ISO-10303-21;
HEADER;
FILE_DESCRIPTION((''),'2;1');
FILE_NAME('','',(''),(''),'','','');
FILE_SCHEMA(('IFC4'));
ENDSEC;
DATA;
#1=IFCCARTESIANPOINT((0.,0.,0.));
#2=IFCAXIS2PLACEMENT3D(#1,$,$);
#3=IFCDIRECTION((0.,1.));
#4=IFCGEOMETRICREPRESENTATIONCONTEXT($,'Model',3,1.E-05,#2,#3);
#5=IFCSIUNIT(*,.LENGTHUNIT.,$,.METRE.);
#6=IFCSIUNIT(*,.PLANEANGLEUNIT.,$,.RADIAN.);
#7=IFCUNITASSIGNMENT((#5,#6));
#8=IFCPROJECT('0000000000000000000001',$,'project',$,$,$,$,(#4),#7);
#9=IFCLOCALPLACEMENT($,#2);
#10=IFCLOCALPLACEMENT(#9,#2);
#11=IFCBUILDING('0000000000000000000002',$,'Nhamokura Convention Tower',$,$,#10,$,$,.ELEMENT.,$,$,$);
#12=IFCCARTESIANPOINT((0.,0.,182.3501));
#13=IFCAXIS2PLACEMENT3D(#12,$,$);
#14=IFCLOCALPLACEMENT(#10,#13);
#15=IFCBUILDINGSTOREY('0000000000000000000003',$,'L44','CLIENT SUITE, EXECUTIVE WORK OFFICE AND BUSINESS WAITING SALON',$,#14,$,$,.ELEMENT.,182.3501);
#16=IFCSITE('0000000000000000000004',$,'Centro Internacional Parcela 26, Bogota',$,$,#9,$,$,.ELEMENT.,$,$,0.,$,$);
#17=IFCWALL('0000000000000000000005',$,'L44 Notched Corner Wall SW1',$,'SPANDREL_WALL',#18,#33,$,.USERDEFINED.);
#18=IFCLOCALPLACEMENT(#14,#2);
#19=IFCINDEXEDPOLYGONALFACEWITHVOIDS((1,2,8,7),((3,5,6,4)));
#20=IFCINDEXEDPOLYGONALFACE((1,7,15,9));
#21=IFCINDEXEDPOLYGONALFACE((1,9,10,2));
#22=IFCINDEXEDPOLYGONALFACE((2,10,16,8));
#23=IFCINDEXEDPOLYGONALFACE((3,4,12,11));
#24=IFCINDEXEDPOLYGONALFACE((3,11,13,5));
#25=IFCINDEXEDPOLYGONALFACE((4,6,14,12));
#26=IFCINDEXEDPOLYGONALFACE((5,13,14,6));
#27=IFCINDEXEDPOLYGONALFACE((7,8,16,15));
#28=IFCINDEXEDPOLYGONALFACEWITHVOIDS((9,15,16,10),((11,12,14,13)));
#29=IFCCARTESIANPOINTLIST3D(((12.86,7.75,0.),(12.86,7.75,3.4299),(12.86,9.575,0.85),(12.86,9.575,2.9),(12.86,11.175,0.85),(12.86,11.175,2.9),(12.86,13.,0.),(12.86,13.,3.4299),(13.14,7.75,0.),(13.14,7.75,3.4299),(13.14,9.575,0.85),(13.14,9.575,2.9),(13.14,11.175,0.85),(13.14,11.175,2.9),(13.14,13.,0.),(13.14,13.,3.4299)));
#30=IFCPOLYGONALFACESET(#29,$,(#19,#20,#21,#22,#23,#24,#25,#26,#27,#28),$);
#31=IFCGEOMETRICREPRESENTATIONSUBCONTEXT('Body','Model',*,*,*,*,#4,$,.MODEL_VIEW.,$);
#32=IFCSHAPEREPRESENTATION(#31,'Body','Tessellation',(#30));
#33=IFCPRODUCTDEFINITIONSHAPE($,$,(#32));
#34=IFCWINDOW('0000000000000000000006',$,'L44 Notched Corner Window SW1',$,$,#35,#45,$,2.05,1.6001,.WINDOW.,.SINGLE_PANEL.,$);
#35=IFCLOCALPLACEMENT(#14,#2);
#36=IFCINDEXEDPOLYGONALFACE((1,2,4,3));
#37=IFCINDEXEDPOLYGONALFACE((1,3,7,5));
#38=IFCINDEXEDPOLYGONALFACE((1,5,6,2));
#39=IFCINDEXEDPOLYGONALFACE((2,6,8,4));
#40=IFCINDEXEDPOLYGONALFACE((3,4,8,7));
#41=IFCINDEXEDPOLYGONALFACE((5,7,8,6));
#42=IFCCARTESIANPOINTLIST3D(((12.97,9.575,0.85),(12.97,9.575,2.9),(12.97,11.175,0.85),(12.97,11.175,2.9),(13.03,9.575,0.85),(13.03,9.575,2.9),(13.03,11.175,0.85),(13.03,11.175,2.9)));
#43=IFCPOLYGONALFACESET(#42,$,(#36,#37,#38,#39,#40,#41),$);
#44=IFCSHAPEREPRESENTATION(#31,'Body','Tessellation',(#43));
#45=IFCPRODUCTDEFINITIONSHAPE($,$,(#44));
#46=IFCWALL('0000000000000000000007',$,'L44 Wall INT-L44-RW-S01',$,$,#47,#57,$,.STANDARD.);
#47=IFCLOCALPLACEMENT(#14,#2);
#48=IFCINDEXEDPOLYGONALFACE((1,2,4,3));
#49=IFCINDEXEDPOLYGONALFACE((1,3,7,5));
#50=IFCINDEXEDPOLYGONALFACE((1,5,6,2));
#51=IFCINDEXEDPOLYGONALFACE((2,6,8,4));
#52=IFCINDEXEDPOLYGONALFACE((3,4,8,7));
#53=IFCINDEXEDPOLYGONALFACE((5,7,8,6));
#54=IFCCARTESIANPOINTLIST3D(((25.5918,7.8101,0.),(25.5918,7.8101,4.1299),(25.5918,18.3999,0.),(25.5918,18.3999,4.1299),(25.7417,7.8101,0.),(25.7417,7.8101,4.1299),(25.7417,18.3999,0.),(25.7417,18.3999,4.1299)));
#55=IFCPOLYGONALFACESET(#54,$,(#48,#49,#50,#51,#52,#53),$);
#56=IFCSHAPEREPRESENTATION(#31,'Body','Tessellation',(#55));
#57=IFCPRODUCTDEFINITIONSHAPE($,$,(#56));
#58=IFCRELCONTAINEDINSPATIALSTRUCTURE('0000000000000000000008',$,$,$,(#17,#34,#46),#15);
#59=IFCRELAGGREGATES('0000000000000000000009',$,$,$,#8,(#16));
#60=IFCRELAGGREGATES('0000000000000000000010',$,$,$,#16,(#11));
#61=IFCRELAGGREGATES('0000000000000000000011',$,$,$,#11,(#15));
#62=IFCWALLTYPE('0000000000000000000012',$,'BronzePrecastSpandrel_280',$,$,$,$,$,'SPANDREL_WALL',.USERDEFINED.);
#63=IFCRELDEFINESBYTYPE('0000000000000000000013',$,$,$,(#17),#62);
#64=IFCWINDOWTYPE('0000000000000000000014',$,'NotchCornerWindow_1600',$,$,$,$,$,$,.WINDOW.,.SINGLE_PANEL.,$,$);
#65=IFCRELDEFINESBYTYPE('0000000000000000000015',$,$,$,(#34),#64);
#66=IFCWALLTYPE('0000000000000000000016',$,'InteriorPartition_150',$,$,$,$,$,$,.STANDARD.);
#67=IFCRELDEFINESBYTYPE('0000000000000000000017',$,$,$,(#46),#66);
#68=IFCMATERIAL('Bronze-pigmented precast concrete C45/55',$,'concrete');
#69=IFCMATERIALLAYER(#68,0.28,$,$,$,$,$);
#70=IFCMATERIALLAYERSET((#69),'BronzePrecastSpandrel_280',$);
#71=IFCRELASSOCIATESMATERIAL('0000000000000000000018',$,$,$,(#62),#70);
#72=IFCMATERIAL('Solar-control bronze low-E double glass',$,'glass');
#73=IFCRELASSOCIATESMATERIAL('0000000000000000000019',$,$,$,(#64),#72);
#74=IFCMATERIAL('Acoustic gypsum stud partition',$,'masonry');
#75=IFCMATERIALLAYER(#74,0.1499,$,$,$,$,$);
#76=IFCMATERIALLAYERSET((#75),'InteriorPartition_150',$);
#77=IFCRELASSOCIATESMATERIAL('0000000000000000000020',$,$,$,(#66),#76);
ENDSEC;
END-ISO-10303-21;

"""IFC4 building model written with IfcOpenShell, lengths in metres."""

from ifc_helpers import new_model, si_unit, direction, frame, frame_2d, origin, place, context, subcontext, project, spatial, rectangle, extrude, material, layer, layer_set, type_object, element, fill, save


model = new_model("IFC4")

# Units and contexts
model_context = context("Model", 3, precision=1e-05, world=origin(), true_north=direction((0.0, 1.0)))
body_context = subcontext(model_context, "Body", "Model", "MODEL_VIEW")
ifc_project = project(units=[si_unit("LENGTHUNIT", "METRE"), si_unit("PLANEANGLEUNIT", "RADIAN")], contexts=[model_context])

# Site, building, storey
site_placement = place(None, origin())
site = spatial("IfcSite", under=ifc_project, at=site_placement, Name="Centro Internacional Parcela 26, Bogota", CompositionType="ELEMENT", RefElevation=0.0)
building_placement = place(site_placement, origin())
building = spatial("IfcBuilding", under=site, at=building_placement, Name="Nhamokura Convention Tower", CompositionType="ELEMENT")
storey_placement = place(building_placement, frame((0.0, 0.0, 182.3501)))
storey = spatial("IfcBuildingStorey", under=building, at=storey_placement, Name="L44", Description="CLIENT SUITE, EXECUTIVE WORK OFFICE AND BUSINESS WAITING SALON", CompositionType="ELEMENT", Elevation=182.3501)

# Shared definitions
ifc_material_1 = material(Name="Bronze-pigmented precast concrete C45/55", Category="concrete")
ifc_layer_1 = layer(ifc_material_1, 0.28)
ifc_layer_set_1 = layer_set([ifc_layer_1], Name="BronzePrecastSpandrel_280")
wall_type_1 = type_object("IfcWallType", Name="BronzePrecastSpandrel_280", ElementType="SPANDREL_WALL", PredefinedType="USERDEFINED", material=ifc_layer_set_1)

# Wall, opening, window
wall_1_placement = place(storey_placement, frame((13.0, 7.75, 0.0), z_axis=(0.0, 0.0, 1.0), x_axis=(0.0, 1.0, 0.0)))
wall_1 = element("IfcWall", 1, at=wall_1_placement, inside=storey, type_object=wall_type_1, Name="L44 Notched Corner Wall SW1", ObjectType="SPANDREL_WALL", PredefinedType="USERDEFINED", context=body_context, shape_type="SweptSolid", body=[
    extrude(rectangle(XDim=5.25, YDim=0.28, at=frame_2d((2.625, 0.0))), origin(), (0.0, 0.0, 1.0), 3.4299),
])
opening_1_placement = place(wall_1_placement, frame((1.825, 0.0, 0.8501)))
opening_1 = element("IfcOpeningElement", 2, at=opening_1_placement, cuts=wall_1, PredefinedType="OPENING", context=body_context, shape_type="SweptSolid", body=[
    extrude(rectangle(XDim=1.6001, YDim=2.05, at=frame_2d((0.8, 1.0249))), frame((0.0, 0.1499, 0.0), z_axis=(0.0, -1.0, 0.0), x_axis=(1.0, 0.0, 0.0)), (0.0, 0.0, 1.0), 0.3),
])
ifc_material_2 = material(Name="Solar-control bronze low-E double glass", Category="glass")
window_type_1 = type_object("IfcWindowType", Name="NotchCornerWindow_1600", PartitioningType="SINGLE_PANEL", PredefinedType="WINDOW", material=ifc_material_2)
window_1_placement = place(opening_1_placement, origin())
window_1 = element("IfcWindow", 3, at=window_1_placement, inside=storey, type_object=window_type_1, Name="L44 Notched Corner Window SW1", OverallHeight=2.05, OverallWidth=1.6001, PartitioningType="SINGLE_PANEL", PredefinedType="WINDOW", context=body_context, shape_type="SweptSolid", body=[
    extrude(rectangle(XDim=1.6001, YDim=2.05, at=frame_2d((0.8, 1.0249))), frame((0.0, 0.03, 0.0), z_axis=(0.0, -1.0, 0.0), x_axis=(1.0, 0.0, 0.0)), (0.0, 0.0, 1.0), 0.0601),
])
fill(opening_1, window_1)

# Wall
ifc_material_3 = material(Name="Acoustic gypsum stud partition", Category="masonry")
ifc_layer_2 = layer(ifc_material_3, 0.1499)
ifc_layer_set_2 = layer_set([ifc_layer_2], Name="InteriorPartition_150")
wall_type_2 = type_object("IfcWallType", Name="InteriorPartition_150", PredefinedType="STANDARD", material=ifc_layer_set_2)
wall_2_placement = place(storey_placement, frame((25.6667, 7.8101, 0.0), z_axis=(0.0, 0.0, 1.0), x_axis=(0.0, 1.0, 0.0)))
element("IfcWall", 4, at=wall_2_placement, inside=storey, type_object=wall_type_2, Name="L44 Wall INT-L44-RW-S01", PredefinedType="STANDARD", context=body_context, shape_type="SweptSolid", body=[
    extrude(rectangle(XDim=10.5898, YDim=0.1499, at=frame_2d((5.2949, 0.0))), origin(), (0.0, 0.0, 1.0), 4.1299),
])

save(model, "model.ifc")
